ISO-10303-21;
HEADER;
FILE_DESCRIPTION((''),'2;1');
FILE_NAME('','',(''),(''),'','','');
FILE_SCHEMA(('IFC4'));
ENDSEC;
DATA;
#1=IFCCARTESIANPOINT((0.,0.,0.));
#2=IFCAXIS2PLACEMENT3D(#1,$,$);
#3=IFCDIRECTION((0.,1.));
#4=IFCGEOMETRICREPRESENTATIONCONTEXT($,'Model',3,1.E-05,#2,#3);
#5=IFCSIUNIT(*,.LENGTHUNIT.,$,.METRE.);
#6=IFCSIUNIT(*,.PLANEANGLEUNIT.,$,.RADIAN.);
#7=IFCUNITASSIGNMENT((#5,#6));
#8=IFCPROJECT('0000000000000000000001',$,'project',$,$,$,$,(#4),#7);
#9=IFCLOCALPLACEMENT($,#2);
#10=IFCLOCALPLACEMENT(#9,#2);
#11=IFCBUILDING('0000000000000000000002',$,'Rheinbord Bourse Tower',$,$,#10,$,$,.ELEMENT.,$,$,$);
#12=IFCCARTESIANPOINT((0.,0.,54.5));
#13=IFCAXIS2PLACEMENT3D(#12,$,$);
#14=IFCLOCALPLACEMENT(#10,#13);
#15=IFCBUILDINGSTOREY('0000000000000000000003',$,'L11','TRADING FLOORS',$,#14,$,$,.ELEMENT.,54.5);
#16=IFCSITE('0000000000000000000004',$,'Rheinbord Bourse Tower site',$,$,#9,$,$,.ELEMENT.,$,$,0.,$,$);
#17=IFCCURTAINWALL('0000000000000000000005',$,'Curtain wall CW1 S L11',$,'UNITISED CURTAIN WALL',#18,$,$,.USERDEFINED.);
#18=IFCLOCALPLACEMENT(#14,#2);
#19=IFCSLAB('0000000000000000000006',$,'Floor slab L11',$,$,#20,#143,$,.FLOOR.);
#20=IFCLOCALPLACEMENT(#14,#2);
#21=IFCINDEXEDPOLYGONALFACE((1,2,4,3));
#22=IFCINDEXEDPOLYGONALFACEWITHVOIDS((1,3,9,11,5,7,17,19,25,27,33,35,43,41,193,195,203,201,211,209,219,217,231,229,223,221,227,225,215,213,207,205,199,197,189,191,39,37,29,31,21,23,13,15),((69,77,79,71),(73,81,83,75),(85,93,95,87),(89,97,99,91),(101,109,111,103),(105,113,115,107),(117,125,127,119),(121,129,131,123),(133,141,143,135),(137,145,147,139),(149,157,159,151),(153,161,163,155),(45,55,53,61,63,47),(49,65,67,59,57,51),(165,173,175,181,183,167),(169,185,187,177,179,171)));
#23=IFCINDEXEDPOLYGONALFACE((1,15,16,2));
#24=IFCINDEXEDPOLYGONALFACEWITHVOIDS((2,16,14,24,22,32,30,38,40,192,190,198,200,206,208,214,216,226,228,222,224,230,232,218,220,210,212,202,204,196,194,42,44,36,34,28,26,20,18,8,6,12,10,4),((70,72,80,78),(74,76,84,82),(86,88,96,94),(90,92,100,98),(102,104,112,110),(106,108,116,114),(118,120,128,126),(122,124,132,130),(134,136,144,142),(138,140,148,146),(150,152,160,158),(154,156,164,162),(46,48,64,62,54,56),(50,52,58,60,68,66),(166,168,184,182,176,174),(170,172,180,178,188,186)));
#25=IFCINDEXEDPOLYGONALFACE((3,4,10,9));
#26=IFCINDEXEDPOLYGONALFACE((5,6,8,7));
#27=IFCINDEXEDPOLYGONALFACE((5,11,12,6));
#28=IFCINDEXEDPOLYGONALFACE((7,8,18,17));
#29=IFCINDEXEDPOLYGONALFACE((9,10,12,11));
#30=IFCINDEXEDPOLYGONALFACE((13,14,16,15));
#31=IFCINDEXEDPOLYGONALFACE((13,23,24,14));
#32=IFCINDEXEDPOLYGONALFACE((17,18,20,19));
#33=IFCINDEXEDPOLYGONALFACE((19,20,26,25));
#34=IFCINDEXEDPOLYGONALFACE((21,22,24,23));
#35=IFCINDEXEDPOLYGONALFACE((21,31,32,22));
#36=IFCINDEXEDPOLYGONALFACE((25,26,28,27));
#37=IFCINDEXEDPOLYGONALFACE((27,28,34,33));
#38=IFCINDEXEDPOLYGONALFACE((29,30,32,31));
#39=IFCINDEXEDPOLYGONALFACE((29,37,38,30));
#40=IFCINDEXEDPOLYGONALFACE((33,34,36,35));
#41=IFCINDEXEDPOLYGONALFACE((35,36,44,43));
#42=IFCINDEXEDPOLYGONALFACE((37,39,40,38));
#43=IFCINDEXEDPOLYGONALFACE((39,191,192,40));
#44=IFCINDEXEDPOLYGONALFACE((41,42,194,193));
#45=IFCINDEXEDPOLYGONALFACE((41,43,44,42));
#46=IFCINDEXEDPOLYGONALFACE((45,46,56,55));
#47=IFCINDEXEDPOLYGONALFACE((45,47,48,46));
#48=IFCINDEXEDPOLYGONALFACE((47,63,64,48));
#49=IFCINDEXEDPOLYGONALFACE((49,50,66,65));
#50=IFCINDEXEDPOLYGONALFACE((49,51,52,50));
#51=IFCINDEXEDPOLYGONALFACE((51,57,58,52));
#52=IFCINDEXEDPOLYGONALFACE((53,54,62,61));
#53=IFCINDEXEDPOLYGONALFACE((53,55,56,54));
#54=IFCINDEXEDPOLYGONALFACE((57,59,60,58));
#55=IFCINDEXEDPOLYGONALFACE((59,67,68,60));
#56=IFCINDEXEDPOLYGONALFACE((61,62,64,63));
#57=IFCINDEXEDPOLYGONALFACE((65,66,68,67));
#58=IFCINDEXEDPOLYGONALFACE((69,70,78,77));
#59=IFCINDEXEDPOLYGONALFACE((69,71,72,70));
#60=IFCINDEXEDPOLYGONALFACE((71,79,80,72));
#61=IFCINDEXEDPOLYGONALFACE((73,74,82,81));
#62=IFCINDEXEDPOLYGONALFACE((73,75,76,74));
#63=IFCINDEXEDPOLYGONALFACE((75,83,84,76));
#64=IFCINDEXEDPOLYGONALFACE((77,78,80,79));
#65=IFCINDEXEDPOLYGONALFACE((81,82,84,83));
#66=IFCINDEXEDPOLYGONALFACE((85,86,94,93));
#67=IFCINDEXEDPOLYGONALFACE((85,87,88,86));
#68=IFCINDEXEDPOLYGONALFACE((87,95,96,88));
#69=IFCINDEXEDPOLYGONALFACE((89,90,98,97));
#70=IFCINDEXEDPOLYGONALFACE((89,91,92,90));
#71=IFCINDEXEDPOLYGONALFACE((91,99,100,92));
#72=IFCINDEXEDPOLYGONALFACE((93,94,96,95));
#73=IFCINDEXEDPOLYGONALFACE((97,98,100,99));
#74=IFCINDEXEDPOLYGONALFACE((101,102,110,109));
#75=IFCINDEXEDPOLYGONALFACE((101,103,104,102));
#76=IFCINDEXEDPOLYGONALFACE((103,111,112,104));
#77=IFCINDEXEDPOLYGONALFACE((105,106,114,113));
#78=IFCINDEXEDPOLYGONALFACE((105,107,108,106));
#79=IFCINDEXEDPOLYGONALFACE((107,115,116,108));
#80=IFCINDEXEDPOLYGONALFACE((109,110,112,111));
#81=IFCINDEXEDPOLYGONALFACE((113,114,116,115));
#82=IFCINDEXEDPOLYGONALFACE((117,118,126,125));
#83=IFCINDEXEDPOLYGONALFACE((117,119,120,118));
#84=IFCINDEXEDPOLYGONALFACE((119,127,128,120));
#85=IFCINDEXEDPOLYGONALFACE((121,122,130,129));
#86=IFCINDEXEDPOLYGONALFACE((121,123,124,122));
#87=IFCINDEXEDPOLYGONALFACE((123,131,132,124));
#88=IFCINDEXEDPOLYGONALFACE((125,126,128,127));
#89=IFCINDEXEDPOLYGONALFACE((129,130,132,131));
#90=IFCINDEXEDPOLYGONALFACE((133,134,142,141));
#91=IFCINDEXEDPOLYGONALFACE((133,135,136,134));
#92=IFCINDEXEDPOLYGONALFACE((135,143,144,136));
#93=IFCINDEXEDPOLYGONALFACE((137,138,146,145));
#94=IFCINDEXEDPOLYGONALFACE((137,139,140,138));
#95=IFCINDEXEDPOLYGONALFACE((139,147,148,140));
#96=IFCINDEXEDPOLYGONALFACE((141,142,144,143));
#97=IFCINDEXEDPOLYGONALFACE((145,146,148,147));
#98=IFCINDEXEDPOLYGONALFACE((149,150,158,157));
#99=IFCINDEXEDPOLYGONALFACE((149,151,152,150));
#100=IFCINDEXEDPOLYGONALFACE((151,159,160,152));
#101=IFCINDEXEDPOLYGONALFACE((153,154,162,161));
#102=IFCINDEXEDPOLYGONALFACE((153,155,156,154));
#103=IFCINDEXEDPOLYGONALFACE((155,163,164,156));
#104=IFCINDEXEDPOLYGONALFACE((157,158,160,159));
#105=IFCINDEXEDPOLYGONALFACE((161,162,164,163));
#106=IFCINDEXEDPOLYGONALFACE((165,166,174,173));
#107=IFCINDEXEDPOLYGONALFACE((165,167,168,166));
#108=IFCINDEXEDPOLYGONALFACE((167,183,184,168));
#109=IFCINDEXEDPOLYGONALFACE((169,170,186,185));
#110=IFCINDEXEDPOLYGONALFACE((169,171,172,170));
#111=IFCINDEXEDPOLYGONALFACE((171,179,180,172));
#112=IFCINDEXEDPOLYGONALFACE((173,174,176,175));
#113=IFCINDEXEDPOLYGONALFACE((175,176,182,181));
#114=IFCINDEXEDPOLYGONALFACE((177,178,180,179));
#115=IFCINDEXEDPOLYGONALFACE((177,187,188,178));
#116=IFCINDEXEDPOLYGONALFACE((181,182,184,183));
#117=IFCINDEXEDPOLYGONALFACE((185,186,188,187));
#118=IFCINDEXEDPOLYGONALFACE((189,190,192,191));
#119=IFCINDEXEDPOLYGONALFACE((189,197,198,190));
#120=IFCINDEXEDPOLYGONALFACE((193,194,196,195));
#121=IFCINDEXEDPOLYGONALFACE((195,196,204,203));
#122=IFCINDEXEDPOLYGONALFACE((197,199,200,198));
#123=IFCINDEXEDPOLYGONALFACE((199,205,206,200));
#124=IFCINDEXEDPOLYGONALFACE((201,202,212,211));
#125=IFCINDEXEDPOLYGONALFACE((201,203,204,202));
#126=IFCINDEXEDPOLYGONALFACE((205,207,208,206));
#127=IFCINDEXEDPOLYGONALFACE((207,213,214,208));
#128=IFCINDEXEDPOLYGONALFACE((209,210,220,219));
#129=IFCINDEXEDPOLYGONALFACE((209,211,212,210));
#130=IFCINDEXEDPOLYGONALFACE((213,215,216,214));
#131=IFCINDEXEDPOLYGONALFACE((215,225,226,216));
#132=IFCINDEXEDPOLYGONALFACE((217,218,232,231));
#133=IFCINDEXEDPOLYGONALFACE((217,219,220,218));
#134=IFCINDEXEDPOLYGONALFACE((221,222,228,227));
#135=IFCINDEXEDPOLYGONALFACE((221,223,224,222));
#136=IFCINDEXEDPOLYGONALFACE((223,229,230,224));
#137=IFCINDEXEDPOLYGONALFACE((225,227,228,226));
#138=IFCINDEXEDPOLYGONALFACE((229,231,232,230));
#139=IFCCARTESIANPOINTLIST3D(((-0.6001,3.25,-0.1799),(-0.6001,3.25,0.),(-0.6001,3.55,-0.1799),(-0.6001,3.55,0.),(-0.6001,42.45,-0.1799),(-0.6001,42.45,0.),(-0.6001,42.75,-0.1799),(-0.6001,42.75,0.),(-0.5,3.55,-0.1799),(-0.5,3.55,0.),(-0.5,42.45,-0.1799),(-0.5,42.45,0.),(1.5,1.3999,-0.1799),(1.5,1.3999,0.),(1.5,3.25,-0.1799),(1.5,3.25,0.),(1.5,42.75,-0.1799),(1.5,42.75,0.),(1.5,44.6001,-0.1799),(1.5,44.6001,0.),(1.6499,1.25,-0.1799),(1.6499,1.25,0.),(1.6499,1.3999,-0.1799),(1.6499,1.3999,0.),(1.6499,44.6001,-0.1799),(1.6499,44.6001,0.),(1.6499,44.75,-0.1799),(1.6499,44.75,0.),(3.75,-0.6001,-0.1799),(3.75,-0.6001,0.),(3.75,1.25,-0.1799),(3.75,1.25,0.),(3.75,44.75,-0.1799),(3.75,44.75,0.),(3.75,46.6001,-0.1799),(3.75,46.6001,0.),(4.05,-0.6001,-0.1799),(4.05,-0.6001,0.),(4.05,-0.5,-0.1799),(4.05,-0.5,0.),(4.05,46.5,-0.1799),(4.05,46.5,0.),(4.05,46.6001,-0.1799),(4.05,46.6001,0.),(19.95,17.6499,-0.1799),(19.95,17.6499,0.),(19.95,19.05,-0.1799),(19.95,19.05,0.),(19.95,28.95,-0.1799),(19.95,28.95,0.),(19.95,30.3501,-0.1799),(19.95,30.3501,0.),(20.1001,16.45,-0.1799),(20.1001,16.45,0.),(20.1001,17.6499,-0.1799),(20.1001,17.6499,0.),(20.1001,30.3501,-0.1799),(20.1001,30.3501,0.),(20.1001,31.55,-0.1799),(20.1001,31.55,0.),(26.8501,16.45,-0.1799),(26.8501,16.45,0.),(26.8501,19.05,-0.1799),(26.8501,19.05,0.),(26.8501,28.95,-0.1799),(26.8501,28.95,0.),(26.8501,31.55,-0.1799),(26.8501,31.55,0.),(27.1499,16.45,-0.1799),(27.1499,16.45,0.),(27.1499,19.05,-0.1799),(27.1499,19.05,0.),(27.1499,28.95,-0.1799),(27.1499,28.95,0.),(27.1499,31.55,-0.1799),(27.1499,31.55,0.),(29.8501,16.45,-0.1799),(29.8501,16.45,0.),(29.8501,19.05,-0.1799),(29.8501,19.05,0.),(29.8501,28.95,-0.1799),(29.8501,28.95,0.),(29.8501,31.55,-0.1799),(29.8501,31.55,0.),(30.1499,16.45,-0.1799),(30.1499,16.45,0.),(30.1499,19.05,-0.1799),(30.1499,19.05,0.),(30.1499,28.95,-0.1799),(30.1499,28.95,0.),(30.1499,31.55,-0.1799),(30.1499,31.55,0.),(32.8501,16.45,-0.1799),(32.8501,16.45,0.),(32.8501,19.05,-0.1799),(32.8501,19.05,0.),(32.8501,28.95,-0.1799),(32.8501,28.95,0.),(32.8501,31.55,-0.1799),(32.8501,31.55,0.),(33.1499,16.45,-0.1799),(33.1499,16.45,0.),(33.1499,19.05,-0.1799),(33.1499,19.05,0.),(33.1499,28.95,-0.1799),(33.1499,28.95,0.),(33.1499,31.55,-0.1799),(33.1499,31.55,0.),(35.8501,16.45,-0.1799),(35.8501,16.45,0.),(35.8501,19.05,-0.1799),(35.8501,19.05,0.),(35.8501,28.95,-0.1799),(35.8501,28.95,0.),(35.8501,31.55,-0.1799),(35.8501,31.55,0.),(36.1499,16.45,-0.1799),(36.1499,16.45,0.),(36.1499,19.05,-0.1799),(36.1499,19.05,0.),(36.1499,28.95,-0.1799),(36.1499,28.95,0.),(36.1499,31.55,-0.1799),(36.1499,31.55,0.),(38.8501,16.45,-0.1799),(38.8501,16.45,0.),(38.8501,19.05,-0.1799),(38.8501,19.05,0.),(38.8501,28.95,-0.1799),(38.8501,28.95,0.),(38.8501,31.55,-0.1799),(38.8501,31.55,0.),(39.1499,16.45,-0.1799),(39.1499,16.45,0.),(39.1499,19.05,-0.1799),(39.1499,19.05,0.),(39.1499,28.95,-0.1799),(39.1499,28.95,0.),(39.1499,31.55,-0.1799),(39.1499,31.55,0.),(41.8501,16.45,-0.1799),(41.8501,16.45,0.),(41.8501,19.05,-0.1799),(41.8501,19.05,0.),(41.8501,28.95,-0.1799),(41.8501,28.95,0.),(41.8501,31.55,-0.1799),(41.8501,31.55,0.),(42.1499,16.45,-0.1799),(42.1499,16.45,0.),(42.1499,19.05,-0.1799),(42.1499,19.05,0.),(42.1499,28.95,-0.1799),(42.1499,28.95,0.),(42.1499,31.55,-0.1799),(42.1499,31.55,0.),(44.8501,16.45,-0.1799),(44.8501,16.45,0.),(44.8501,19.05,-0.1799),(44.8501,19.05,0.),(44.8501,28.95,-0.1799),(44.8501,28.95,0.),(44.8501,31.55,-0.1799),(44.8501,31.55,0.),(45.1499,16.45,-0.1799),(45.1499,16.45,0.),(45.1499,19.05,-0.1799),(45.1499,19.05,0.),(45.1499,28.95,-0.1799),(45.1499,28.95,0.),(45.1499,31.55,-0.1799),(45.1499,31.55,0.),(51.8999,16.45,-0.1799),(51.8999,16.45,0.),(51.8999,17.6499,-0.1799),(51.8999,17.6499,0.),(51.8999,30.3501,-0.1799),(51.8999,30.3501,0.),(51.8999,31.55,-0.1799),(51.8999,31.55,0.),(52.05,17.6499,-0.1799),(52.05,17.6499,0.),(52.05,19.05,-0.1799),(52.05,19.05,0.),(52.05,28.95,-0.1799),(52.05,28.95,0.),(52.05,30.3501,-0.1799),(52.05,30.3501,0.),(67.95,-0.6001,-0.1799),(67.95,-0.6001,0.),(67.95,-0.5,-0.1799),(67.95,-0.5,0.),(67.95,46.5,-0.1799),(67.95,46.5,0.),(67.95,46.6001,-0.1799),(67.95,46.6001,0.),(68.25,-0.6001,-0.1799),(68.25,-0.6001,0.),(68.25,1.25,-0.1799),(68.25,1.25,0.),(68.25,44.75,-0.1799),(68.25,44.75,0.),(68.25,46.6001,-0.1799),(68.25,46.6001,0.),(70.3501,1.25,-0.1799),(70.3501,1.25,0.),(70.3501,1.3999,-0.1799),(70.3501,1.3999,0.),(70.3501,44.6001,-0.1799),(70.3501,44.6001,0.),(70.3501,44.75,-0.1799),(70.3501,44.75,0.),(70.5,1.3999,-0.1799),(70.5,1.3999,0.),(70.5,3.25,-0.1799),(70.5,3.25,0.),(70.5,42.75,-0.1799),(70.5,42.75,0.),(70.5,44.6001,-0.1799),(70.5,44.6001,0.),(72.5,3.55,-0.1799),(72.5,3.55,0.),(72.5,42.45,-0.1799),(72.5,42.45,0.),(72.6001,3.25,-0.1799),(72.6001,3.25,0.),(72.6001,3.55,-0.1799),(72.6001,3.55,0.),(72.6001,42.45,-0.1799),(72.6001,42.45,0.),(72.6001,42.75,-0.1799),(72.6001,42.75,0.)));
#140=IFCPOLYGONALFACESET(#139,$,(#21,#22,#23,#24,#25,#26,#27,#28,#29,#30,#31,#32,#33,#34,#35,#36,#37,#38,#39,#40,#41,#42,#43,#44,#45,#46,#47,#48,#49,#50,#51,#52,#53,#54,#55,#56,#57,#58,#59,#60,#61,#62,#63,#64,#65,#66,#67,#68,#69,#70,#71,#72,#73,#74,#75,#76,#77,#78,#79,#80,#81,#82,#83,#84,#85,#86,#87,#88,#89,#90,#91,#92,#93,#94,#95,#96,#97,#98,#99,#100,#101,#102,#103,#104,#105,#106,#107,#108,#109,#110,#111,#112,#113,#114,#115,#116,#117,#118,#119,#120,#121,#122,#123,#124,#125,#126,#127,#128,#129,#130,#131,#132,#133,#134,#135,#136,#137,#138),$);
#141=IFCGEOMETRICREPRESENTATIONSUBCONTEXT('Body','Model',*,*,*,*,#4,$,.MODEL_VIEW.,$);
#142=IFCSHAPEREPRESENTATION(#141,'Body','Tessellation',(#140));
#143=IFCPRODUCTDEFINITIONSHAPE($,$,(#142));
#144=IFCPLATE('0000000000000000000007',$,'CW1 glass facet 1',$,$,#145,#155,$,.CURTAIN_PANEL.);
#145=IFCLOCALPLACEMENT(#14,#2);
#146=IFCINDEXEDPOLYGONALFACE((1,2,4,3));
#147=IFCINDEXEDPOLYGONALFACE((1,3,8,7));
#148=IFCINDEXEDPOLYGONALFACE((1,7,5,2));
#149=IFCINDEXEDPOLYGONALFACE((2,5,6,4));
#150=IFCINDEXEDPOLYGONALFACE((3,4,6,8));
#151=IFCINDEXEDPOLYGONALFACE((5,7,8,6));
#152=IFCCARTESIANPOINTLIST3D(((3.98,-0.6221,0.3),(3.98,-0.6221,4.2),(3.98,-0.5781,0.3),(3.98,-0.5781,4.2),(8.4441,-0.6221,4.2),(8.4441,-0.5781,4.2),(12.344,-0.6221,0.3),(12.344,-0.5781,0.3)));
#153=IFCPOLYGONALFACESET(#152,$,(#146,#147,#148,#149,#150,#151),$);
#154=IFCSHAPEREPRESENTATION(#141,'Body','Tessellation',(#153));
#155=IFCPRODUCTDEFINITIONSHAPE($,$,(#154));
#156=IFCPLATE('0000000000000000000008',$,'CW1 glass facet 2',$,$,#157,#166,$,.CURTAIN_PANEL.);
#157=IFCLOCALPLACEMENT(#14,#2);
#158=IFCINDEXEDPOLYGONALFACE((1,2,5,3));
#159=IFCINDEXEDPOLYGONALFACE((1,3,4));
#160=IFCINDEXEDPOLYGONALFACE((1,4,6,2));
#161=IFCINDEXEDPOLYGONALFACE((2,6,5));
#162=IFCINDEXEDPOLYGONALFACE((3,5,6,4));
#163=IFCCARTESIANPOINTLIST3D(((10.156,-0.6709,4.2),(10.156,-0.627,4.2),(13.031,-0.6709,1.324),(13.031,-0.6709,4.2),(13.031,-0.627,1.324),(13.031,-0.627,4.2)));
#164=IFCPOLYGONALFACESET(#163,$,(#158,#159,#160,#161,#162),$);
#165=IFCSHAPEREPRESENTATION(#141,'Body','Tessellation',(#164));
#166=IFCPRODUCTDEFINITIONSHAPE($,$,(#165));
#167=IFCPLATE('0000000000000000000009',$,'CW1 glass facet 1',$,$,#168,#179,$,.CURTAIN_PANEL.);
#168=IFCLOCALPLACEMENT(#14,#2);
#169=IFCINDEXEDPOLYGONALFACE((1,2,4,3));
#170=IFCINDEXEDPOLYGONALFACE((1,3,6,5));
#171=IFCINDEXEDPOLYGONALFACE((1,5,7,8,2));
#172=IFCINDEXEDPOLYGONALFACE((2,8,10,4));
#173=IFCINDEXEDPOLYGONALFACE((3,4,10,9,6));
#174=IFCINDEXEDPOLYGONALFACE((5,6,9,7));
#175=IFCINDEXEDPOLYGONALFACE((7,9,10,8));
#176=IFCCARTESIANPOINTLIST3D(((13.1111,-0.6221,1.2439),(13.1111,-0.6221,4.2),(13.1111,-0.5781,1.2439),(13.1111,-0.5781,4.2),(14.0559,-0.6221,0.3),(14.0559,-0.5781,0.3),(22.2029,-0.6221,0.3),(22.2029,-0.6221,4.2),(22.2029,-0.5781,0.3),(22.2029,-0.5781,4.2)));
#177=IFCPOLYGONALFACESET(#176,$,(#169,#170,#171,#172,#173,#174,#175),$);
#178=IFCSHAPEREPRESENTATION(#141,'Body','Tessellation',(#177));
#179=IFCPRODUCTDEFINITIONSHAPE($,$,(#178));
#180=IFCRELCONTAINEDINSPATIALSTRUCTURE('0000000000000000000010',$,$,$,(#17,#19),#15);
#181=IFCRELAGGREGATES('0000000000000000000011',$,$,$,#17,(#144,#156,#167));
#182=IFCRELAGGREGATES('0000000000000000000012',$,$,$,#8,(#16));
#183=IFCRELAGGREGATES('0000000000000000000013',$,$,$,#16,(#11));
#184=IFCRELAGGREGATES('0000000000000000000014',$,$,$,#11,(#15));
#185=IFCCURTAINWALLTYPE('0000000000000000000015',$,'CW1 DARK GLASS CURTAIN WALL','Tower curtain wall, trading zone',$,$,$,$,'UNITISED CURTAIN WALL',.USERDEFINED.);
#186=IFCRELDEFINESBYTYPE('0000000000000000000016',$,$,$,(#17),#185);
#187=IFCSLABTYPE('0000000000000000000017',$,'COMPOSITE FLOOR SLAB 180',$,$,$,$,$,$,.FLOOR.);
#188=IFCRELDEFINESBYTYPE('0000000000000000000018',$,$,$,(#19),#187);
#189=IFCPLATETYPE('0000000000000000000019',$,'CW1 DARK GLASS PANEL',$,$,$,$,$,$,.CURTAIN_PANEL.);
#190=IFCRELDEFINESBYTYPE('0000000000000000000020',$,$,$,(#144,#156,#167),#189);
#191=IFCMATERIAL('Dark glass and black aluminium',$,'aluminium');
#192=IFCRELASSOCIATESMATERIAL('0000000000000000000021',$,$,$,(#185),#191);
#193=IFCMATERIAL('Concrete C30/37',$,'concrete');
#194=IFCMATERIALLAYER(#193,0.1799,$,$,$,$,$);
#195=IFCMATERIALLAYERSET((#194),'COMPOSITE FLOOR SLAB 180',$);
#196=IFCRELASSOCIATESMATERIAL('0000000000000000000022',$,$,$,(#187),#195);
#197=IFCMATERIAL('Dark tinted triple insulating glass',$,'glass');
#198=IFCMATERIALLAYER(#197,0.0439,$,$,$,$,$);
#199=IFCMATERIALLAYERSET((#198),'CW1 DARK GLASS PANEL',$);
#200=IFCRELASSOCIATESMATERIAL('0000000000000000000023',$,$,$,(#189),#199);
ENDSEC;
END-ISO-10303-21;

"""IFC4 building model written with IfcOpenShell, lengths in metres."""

from ifc_helpers import new_model, si_unit, direction, frame, origin, place, context, subcontext, project, spatial, polyline, outline, extrude, material, layer, layer_set, type_object, element, aggregate, save


model = new_model("IFC4")

# Units and contexts
model_context = context("Model", 3, precision=1e-05, world=origin(), true_north=direction((0.0, 1.0)))
body_context = subcontext(model_context, "Body", "Model", "MODEL_VIEW")
ifc_project = project(units=[si_unit("LENGTHUNIT", "METRE"), si_unit("PLANEANGLEUNIT", "RADIAN")], contexts=[model_context])

# Site, building, storey
site_placement = place(None, origin())
site = spatial("IfcSite", under=ifc_project, at=site_placement, Name="Rheinbord Bourse Tower site", CompositionType="ELEMENT", RefElevation=0.0)
building_placement = place(site_placement, origin())
building = spatial("IfcBuilding", under=site, at=building_placement, Name="Rheinbord Bourse Tower", CompositionType="ELEMENT")
storey_placement = place(building_placement, frame((0.0, 0.0, 54.5)))
storey = spatial("IfcBuildingStorey", under=building, at=storey_placement, Name="L11", Description="TRADING FLOORS", CompositionType="ELEMENT", Elevation=54.5)

# Curtain wall
ifc_material_1 = material(Name="Dark glass and black aluminium", Category="aluminium")
curtain_wall_type = type_object("IfcCurtainWallType", Name="CW1 DARK GLASS CURTAIN WALL", Description="Tower curtain wall, trading zone", ElementType="UNITISED CURTAIN WALL", PredefinedType="USERDEFINED", material=ifc_material_1)
curtain_wall_1_placement = place(storey_placement, origin())
curtain_wall_1 = element("IfcCurtainWall", 1, at=curtain_wall_1_placement, inside=storey, type_object=curtain_wall_type, Name="Curtain wall CW1 S L11", ObjectType="UNITISED CURTAIN WALL", PredefinedType="USERDEFINED")

# Slab
ifc_material_2 = material(Name="Concrete C30/37", Category="concrete")
ifc_layer_1 = layer(ifc_material_2, 0.1799)
ifc_layer_set_1 = layer_set([ifc_layer_1], Name="COMPOSITE FLOOR SLAB 180")
slab_type_1 = type_object("IfcSlabType", Name="COMPOSITE FLOOR SLAB 180", PredefinedType="FLOOR", material=ifc_layer_set_1)
slab_1_placement = place(storey_placement, frame((0.0, 0.0, -0.1799)))
element("IfcSlab", 2, at=slab_1_placement, inside=storey, type_object=slab_type_1, Name="Floor slab L11", PredefinedType="FLOOR", context=body_context, shape_type="SweptSolid", body=[
    extrude(outline(polyline([(1.6499, 1.3999), (1.5, 1.3999), (1.5, 3.25), (-0.6001, 3.25), (-0.6001, 3.55), (-0.5, 3.55), (-0.5, 42.45), (-0.6001, 42.45), (-0.6001, 42.75), (1.5, 42.75), (1.5, 44.6001), (1.6499, 44.6001), (1.6499, 44.75), (3.75, 44.75), (3.75, 46.6001), (4.05, 46.6001), (4.05, 46.5), (67.95, 46.5), (67.95, 46.6001), (68.25, 46.6001), (68.25, 44.75), (70.3501, 44.75), (70.3501, 44.6001), (70.5, 44.6001), (70.5, 42.75), (72.6001, 42.75), (72.6001, 42.45), (72.5, 42.45), (72.5, 3.55), (72.6001, 3.55), (72.6001, 3.25), (70.5, 3.25), (70.5, 1.3999), (70.3501, 1.3999), (70.3501, 1.25), (68.25, 1.25), (68.25, -0.6001), (67.95, -0.6001), (67.95, -0.5), (4.05, -0.5), (4.05, -0.6001), (3.75, -0.6001), (3.75, 1.25), (1.6499, 1.25), (1.6499, 1.3999)]), holes=[polyline([(19.95, 19.05), (26.8501, 19.05), (26.8501, 16.45), (20.1001, 16.45), (20.1001, 17.6499), (19.95, 17.6499), (19.95, 19.05)]), polyline([(26.8501, 31.55), (26.8501, 28.95), (19.95, 28.95), (19.95, 30.3501), (20.1001, 30.3501), (20.1001, 31.55), (26.8501, 31.55)]), polyline([(45.1499, 16.45), (45.1499, 19.05), (52.05, 19.05), (52.05, 17.6499), (51.8999, 17.6499), (51.8999, 16.45), (45.1499, 16.45)]), polyline([(52.05, 28.95), (45.1499, 28.95), (45.1499, 31.55), (51.8999, 31.55), (51.8999, 30.3501), (52.05, 30.3501), (52.05, 28.95)]), polyline([(27.1499, 16.45), (27.1499, 19.05), (29.8501, 19.05), (29.8501, 16.45), (27.1499, 16.45)]), polyline([(27.1499, 28.95), (27.1499, 31.55), (29.8501, 31.55), (29.8501, 28.95), (27.1499, 28.95)]), polyline([(30.1499, 16.45), (30.1499, 19.05), (32.8501, 19.05), (32.8501, 16.45), (30.1499, 16.45)]), polyline([(30.1499, 28.95), (30.1499, 31.55), (32.8501, 31.55), (32.8501, 28.95), (30.1499, 28.95)]), polyline([(33.1499, 16.45), (33.1499, 19.05), (35.8501, 19.05), (35.8501, 16.45), (33.1499, 16.45)]), polyline([(33.1499, 28.95), (33.1499, 31.55), (35.8501, 31.55), (35.8501, 28.95), (33.1499, 28.95)]), polyline([(36.1499, 16.45), (36.1499, 19.05), (38.8501, 19.05), (38.8501, 16.45), (36.1499, 16.45)]), polyline([(36.1499, 28.95), (36.1499, 31.55), (38.8501, 31.55), (38.8501, 28.95), (36.1499, 28.95)]), polyline([(39.1499, 16.45), (39.1499, 19.05), (41.8501, 19.05), (41.8501, 16.45), (39.1499, 16.45)]), polyline([(39.1499, 28.95), (39.1499, 31.55), (41.8501, 31.55), (41.8501, 28.95), (39.1499, 28.95)]), polyline([(42.1499, 16.45), (42.1499, 19.05), (44.8501, 19.05), (44.8501, 16.45), (42.1499, 16.45)]), polyline([(42.1499, 28.95), (42.1499, 31.55), (44.8501, 31.55), (44.8501, 28.95), (42.1499, 28.95)])]), origin(), (0.0, 0.0, 1.0), 0.1799),
])

# Plates
ifc_material_3 = material(Name="Dark tinted triple insulating glass", Category="glass")
ifc_layer_2 = layer(ifc_material_3, 0.0439)
ifc_layer_set_2 = layer_set([ifc_layer_2], Name="CW1 DARK GLASS PANEL")
plate_type = type_object("IfcPlateType", Name="CW1 DARK GLASS PANEL", PredefinedType="CURTAIN_PANEL", material=ifc_layer_set_2)
plate_1_placement = place(storey_placement, frame((3.98, -0.6221, 0.3), z_axis=(0.0, 1.0, 0.0), x_axis=(0.0, 0.0, 1.0)))
plate_1 = element("IfcPlate", 3, at=plate_1_placement, type_object=plate_type, Name="CW1 glass facet 1", PredefinedType="CURTAIN_PANEL", context=body_context, shape_type="SweptSolid", body=[
    extrude(outline(polyline([(0.0, 0.0), (3.8999, 0.0), (3.8999, 4.4641), (0.0, 8.364), (0.0, 0.0)])), origin(), (0.0, 0.0, 1.0), 0.0439),
])
plate_2_placement = place(storey_placement, frame((13.031, -0.6709, 4.2), z_axis=(0.0, 1.0, 0.0), x_axis=(0.0, 0.0, -1.0)))
plate_2 = element("IfcPlate", 4, at=plate_2_placement, type_object=plate_type, Name="CW1 glass facet 2", PredefinedType="CURTAIN_PANEL", context=body_context, shape_type="SweptSolid", body=[
    extrude(outline(polyline([(0.0, 0.0), (2.876, 0.0), (0.0, 2.875), (0.0, 0.0)])), origin(), (0.0, 0.0, 1.0), 0.0439),
])
plate_3_placement = place(storey_placement, frame((13.1111, -0.6221, 4.2), z_axis=(0.0, 1.0, 0.0), x_axis=(1.0, 0.0, 0.0)))
plate_3 = element("IfcPlate", 5, at=plate_3_placement, type_object=plate_type, Name="CW1 glass facet 1", PredefinedType="CURTAIN_PANEL", context=body_context, shape_type="SweptSolid", body=[
    extrude(outline(polyline([(0.0, 0.0), (9.0918, 0.0), (9.0918, 3.8999), (0.9448, 3.8999), (0.0, 2.9561), (0.0, 0.0)])), origin(), (0.0, 0.0, 1.0), 0.0439),
])
aggregate(curtain_wall_1, [plate_1, plate_2, plate_3])

save(model, "model.ifc")
